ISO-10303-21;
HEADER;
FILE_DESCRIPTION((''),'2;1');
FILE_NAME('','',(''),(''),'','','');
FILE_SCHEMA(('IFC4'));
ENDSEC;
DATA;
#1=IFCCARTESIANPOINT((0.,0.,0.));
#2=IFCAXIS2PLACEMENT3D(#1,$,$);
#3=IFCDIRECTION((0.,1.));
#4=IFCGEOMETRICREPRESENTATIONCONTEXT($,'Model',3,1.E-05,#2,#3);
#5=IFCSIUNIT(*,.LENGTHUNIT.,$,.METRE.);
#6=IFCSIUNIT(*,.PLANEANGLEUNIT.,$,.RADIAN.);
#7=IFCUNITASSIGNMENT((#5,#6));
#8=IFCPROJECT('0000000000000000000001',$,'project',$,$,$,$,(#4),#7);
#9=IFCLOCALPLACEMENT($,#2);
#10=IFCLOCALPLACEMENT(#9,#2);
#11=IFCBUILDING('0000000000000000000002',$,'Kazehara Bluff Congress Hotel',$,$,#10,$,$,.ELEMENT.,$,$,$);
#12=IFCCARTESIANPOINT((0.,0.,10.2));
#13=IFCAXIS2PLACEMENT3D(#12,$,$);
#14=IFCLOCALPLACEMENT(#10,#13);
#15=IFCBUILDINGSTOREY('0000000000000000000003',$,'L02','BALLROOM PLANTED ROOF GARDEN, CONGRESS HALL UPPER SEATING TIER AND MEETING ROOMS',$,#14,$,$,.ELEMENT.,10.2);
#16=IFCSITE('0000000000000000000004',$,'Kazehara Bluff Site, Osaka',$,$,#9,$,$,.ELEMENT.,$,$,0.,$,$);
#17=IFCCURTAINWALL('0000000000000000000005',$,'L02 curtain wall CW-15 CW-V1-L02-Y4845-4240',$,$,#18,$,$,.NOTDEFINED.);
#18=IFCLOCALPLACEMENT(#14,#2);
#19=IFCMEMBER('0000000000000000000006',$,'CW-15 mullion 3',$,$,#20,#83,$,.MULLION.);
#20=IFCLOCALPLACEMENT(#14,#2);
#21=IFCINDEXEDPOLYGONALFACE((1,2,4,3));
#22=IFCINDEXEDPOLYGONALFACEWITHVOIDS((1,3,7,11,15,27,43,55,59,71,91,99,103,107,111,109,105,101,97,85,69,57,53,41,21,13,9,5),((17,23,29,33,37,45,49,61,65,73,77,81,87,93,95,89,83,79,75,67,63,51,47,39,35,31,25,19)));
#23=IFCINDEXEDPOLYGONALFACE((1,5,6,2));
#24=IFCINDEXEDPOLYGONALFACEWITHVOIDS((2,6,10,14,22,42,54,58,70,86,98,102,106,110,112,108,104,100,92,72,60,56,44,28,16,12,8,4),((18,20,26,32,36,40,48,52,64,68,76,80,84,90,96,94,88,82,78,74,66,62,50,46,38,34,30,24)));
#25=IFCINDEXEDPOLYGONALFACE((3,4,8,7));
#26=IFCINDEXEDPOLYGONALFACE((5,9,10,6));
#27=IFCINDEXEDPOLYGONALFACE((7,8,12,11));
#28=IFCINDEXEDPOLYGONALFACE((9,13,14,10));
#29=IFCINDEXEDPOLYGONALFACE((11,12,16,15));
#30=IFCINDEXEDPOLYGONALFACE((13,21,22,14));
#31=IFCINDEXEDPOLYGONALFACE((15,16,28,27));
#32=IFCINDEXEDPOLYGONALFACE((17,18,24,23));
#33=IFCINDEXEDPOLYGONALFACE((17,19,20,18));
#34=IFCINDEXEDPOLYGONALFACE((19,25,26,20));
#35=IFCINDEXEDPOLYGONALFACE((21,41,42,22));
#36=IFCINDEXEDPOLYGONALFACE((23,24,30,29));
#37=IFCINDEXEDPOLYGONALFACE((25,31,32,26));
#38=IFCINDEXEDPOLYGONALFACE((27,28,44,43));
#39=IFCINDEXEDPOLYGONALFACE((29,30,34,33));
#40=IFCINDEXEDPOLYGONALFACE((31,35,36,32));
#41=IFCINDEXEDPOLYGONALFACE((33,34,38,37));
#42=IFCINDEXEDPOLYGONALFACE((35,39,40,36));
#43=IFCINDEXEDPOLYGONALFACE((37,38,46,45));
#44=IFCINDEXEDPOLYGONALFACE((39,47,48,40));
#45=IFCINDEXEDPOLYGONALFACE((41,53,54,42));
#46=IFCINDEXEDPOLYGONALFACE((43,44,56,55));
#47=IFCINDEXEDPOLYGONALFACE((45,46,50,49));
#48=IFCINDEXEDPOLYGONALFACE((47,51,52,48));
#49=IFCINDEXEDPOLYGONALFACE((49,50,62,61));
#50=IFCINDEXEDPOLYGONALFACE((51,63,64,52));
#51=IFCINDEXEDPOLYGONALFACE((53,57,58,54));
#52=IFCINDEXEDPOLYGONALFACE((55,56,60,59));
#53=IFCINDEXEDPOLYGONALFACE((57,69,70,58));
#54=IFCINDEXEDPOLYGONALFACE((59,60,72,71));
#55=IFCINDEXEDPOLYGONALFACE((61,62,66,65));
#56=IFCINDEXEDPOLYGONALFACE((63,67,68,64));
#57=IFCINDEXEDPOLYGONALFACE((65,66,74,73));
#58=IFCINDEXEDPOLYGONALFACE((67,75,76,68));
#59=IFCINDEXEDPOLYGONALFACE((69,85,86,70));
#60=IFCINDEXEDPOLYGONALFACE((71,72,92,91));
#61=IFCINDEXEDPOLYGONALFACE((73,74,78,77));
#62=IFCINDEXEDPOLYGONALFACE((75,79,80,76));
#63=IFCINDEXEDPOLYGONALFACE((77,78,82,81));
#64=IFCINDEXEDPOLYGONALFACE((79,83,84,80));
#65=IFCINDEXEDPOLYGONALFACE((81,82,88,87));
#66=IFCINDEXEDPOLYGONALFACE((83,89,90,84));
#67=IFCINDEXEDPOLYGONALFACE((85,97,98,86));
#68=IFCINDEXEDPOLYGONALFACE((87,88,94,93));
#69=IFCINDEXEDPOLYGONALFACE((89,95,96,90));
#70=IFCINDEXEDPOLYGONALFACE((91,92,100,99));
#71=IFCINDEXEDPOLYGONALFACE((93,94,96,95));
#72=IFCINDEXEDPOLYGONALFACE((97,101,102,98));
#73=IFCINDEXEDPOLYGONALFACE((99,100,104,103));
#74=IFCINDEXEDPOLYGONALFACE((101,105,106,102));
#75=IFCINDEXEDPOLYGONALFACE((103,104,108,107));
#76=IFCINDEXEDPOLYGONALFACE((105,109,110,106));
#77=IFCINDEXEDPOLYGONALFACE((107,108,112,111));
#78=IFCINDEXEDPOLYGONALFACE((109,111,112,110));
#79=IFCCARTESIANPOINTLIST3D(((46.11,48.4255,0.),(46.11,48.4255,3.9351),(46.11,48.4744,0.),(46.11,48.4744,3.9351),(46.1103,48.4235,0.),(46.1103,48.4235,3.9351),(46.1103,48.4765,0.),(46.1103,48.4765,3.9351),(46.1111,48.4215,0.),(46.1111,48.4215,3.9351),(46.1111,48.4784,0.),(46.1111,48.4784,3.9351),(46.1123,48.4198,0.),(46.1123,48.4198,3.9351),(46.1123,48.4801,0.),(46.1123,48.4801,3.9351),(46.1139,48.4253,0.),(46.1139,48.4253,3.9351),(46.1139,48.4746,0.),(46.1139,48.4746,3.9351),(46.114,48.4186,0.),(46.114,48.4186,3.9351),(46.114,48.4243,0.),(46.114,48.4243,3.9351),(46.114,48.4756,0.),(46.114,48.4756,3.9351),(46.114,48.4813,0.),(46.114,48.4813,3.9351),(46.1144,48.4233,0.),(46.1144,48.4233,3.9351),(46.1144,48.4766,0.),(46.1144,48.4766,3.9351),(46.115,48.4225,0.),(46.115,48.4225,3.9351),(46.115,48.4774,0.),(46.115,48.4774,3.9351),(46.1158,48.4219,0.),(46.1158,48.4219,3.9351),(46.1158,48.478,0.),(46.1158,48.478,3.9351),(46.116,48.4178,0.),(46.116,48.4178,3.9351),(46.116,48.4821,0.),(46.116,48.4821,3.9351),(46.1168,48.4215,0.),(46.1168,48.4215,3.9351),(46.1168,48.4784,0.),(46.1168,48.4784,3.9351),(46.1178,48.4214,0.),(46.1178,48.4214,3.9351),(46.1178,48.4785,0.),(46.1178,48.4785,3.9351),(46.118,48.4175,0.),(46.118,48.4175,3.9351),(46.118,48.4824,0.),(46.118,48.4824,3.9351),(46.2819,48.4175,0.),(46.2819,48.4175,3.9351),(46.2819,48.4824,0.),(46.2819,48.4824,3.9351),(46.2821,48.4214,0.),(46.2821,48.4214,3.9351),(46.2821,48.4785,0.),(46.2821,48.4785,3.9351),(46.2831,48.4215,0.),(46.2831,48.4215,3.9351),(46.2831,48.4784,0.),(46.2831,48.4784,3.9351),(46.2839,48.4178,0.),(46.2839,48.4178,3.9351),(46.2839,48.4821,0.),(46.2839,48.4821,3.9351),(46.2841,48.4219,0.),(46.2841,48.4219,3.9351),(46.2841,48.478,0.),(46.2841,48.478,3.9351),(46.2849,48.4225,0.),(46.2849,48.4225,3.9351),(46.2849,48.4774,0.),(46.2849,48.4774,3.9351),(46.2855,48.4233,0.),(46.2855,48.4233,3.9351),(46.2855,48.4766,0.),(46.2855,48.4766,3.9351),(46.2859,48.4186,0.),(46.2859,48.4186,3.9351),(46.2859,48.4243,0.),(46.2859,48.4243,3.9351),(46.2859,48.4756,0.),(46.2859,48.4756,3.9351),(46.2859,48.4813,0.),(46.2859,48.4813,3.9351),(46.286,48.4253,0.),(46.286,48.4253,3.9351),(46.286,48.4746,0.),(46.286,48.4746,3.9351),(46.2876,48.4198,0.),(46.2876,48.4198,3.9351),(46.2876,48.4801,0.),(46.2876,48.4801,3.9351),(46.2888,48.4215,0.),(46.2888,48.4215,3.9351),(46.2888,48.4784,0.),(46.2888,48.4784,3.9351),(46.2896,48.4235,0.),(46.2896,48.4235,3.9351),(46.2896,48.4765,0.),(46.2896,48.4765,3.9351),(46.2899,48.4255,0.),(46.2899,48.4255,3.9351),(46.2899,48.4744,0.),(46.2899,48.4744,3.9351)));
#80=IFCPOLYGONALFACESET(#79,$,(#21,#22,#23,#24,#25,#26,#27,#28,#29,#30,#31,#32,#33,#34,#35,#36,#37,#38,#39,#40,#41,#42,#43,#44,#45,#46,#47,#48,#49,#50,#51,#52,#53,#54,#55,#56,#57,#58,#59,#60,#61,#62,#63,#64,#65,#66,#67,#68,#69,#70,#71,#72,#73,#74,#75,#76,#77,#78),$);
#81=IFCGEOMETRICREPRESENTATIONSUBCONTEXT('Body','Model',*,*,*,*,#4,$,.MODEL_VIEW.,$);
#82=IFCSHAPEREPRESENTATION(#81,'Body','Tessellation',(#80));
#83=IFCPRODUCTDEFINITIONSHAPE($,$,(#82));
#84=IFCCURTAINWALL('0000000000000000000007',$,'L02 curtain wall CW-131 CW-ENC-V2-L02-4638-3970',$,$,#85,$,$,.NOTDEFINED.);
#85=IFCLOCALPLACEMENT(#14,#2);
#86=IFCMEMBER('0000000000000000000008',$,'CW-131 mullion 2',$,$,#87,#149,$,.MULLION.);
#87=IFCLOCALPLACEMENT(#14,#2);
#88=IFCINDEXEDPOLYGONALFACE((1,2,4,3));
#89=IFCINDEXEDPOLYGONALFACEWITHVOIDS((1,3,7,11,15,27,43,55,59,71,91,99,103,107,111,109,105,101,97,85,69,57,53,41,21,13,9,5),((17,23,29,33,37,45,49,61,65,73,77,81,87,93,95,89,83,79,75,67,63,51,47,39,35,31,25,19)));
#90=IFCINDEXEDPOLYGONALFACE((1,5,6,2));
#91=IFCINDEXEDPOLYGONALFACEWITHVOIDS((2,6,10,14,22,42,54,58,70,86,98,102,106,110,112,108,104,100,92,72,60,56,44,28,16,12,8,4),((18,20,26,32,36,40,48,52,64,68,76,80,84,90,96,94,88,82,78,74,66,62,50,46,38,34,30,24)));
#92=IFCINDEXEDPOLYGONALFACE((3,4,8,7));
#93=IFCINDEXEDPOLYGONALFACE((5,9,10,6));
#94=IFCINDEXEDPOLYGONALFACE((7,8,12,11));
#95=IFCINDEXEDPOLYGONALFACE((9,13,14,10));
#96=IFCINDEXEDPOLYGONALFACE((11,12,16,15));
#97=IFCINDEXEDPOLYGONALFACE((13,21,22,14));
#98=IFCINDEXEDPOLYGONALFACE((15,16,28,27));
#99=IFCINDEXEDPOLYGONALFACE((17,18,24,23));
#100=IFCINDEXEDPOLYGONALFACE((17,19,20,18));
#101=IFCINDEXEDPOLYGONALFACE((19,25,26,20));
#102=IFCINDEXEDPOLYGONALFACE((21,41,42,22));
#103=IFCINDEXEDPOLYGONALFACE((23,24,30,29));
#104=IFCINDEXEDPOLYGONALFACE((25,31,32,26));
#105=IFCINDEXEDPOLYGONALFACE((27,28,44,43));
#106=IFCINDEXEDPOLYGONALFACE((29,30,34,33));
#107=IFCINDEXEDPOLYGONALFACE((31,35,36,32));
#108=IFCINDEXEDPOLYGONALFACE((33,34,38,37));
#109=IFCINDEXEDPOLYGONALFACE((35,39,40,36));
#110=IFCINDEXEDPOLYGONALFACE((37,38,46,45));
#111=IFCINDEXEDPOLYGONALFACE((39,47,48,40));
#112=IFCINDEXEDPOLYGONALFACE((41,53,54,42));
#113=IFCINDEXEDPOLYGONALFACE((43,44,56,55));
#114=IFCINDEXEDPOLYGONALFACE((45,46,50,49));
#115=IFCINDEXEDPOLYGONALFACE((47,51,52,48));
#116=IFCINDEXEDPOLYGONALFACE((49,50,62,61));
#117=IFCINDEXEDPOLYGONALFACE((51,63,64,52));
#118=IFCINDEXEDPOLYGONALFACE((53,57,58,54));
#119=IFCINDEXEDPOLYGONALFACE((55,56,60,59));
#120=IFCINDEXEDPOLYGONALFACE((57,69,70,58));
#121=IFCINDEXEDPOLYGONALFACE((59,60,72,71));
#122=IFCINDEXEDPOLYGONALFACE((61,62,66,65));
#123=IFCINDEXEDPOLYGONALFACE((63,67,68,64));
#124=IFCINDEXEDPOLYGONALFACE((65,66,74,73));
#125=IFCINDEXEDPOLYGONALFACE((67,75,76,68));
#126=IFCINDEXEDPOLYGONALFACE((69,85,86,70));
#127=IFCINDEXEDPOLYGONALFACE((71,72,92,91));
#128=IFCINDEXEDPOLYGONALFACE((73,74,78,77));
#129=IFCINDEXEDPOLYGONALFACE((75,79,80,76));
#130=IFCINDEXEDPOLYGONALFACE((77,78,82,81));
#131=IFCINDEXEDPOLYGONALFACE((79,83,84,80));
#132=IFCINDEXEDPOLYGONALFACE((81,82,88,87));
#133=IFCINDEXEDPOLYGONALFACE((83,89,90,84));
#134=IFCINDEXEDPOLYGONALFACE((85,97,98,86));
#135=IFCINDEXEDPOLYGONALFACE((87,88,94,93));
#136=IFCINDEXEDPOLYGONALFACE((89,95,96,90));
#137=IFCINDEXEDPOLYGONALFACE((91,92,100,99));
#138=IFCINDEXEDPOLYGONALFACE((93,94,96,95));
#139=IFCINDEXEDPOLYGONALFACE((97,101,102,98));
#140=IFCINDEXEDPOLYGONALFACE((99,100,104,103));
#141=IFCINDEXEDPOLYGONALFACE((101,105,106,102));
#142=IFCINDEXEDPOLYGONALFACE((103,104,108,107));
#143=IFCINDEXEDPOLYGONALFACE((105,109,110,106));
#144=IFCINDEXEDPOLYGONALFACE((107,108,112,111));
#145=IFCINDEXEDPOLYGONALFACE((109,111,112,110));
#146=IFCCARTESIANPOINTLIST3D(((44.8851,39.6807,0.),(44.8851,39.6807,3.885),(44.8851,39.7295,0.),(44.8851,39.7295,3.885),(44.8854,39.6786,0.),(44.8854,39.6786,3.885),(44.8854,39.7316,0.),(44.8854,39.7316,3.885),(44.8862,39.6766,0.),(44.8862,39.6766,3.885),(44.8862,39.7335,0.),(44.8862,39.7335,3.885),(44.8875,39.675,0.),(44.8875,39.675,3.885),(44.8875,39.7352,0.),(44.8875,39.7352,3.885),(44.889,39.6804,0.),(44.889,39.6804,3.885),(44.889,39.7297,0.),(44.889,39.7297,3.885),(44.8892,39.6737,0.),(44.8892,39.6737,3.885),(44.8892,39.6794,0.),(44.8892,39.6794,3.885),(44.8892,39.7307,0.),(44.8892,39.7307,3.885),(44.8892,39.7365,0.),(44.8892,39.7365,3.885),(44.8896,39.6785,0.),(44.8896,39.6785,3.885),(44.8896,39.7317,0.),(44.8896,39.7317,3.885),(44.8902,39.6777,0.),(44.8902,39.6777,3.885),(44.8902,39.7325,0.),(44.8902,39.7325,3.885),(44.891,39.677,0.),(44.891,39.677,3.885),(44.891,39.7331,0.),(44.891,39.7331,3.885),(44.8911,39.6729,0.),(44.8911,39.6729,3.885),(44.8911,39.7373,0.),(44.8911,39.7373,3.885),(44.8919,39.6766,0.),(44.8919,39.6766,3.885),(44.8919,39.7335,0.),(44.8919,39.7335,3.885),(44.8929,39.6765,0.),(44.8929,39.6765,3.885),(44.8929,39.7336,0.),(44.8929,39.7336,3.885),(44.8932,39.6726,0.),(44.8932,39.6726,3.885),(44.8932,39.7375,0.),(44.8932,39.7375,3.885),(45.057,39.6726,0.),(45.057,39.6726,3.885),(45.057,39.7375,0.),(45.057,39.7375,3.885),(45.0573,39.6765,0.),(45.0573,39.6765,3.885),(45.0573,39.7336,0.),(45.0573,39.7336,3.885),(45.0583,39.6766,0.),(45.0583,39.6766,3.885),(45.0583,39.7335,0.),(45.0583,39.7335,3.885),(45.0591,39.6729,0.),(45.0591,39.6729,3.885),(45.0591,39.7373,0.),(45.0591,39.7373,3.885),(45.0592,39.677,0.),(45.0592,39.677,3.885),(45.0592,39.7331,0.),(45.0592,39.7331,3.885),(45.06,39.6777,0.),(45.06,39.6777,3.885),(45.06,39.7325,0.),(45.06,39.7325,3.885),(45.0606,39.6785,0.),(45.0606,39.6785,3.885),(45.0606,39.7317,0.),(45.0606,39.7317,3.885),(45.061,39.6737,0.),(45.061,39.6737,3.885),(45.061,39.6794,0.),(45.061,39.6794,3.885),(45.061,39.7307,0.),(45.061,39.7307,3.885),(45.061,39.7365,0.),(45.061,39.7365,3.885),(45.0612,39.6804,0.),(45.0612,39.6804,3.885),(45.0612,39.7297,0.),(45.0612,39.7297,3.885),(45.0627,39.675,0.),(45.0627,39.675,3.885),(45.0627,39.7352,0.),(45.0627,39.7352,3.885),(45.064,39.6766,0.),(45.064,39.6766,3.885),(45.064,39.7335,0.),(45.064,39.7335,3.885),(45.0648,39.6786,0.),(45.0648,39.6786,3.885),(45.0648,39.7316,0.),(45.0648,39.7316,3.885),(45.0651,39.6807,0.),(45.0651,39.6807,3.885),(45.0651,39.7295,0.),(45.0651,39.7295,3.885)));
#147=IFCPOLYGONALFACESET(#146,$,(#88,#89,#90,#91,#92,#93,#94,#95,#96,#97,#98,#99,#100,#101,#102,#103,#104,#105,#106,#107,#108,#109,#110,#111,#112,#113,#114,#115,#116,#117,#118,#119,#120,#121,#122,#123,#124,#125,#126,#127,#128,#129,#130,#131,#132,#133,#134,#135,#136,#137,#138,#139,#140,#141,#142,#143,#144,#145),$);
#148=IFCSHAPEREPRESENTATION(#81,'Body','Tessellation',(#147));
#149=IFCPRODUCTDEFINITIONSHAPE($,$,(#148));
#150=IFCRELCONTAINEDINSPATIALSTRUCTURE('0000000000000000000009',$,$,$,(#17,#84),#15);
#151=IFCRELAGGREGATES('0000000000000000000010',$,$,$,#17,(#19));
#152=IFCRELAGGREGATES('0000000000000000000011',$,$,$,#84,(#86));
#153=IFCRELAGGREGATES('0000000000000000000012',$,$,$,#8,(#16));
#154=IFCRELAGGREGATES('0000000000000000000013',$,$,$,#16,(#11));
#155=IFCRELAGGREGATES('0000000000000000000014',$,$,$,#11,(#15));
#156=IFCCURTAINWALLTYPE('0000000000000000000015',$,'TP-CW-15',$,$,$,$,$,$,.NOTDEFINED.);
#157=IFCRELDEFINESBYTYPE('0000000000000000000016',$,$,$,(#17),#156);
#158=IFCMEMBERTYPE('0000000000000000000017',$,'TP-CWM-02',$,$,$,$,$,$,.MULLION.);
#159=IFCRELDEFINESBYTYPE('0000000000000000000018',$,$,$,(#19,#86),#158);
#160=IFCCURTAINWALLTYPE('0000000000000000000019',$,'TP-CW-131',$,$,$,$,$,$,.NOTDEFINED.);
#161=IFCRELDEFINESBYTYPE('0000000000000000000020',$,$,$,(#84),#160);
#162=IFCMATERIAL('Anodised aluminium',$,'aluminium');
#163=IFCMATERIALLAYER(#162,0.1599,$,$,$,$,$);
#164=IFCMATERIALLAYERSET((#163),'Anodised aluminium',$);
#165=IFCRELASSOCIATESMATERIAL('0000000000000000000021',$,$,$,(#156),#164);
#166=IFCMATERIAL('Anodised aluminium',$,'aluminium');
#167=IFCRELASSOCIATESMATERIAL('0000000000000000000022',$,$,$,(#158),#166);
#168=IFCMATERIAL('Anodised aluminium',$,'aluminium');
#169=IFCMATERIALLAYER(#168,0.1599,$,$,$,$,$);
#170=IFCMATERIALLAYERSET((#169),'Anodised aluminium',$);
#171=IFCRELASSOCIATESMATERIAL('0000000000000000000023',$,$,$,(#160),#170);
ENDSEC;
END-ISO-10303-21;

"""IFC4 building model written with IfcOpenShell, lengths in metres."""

from ifc_helpers import new_model, si_unit, direction, frame, origin, origin_2d, place, context, subcontext, project, spatial, hollow_rectangle, extrude, material, layer, layer_set, material_profile, profile_set, type_object, element, aggregate, save


model = new_model("IFC4")

# Units and contexts
model_context = context("Model", 3, precision=1e-05, world=origin(), true_north=direction((0.0, 1.0)))
body_context = subcontext(model_context, "Body", "Model", "MODEL_VIEW")
ifc_project = project(units=[si_unit("LENGTHUNIT", "METRE"), si_unit("PLANEANGLEUNIT", "RADIAN")], contexts=[model_context])

# Site, building, storey
site_placement = place(None, origin())
site = spatial("IfcSite", under=ifc_project, at=site_placement, Name="Kazehara Bluff Site, Osaka", CompositionType="ELEMENT", RefElevation=0.0)
building_placement = place(site_placement, origin())
building = spatial("IfcBuilding", under=site, at=building_placement, Name="Kazehara Bluff Congress Hotel", CompositionType="ELEMENT")
storey_placement = place(building_placement, frame((0.0, 0.0, 10.2)))
storey = spatial("IfcBuildingStorey", under=building, at=storey_placement, Name="L02", Description="BALLROOM PLANTED ROOF GARDEN, CONGRESS HALL UPPER SEATING TIER AND MEETING ROOMS", CompositionType="ELEMENT", Elevation=10.2)

# Curtain wall, member
ifc_material_1 = material(Name="Anodised aluminium", Category="aluminium")
ifc_layer_1 = layer(ifc_material_1, 0.1599)
ifc_layer_set_1 = layer_set([ifc_layer_1], Name="Anodised aluminium")
curtain_wall_type_1 = type_object("IfcCurtainWallType", Name="TP-CW-15", PredefinedType="NOTDEFINED", material=ifc_layer_set_1)
curtain_wall_1_placement = place(storey_placement, origin())
curtain_wall_1 = element("IfcCurtainWall", 1, at=curtain_wall_1_placement, inside=storey, type_object=curtain_wall_type_1, Name="L02 curtain wall CW-15 CW-V1-L02-Y4845-4240", PredefinedType="NOTDEFINED")
ifc_material_2 = material(Name="Anodised aluminium", Category="aluminium")
ifc_material_profile_1 = material_profile(ifc_material_2, hollow_rectangle(XDim=0.0649, YDim=0.1799, WallThickness=0.0039, InnerFilletRadius=0.0039, OuterFilletRadius=0.0081, at=origin_2d()))
ifc_profile_set_1 = profile_set([ifc_material_profile_1], Name="Anodised aluminium")
member_type_1 = type_object("IfcMemberType", Name="TP-CWM-02", PredefinedType="MULLION", material=ifc_profile_set_1)
member_1_placement = place(storey_placement, frame((46.2, 48.45, 0.0), z_axis=(0.0, 0.0, 1.0), x_axis=(0.0, 1.0, 0.0)))
member_1 = element("IfcMember", 2, at=member_1_placement, type_object=member_type_1, Name="CW-15 mullion 3", PredefinedType="MULLION", context=body_context, shape_type="SweptSolid", body=[
    extrude(hollow_rectangle(XDim=0.0649, YDim=0.1799, WallThickness=0.0039, InnerFilletRadius=0.0039, OuterFilletRadius=0.0081, at=origin_2d()), origin(), (0.0, 0.0, 1.0), 3.9351),
])

# Curtain wall, member
ifc_material_3 = material(Name="Anodised aluminium", Category="aluminium")
ifc_layer_2 = layer(ifc_material_3, 0.1599)
ifc_layer_set_2 = layer_set([ifc_layer_2], Name="Anodised aluminium")
curtain_wall_type_2 = type_object("IfcCurtainWallType", Name="TP-CW-131", PredefinedType="NOTDEFINED", material=ifc_layer_set_2)
curtain_wall_2_placement = place(storey_placement, origin())
curtain_wall_2 = element("IfcCurtainWall", 3, at=curtain_wall_2_placement, inside=storey, type_object=curtain_wall_type_2, Name="L02 curtain wall CW-131 CW-ENC-V2-L02-4638-3970", PredefinedType="NOTDEFINED")
member_2_placement = place(storey_placement, frame((44.9751, 39.7051, 0.0), z_axis=(0.0, 0.0, 1.0), x_axis=(0.0, 1.0, 0.0)))
member_2 = element("IfcMember", 4, at=member_2_placement, type_object=member_type_1, Name="CW-131 mullion 2", PredefinedType="MULLION", context=body_context, shape_type="SweptSolid", body=[
    extrude(hollow_rectangle(XDim=0.0649, YDim=0.1799, WallThickness=0.0039, InnerFilletRadius=0.0039, OuterFilletRadius=0.0081, at=origin_2d()), origin(), (0.0, 0.0, 1.0), 3.885),
])

aggregate(curtain_wall_1, [member_1])
aggregate(curtain_wall_2, [member_2])

save(model, "model.ifc")
